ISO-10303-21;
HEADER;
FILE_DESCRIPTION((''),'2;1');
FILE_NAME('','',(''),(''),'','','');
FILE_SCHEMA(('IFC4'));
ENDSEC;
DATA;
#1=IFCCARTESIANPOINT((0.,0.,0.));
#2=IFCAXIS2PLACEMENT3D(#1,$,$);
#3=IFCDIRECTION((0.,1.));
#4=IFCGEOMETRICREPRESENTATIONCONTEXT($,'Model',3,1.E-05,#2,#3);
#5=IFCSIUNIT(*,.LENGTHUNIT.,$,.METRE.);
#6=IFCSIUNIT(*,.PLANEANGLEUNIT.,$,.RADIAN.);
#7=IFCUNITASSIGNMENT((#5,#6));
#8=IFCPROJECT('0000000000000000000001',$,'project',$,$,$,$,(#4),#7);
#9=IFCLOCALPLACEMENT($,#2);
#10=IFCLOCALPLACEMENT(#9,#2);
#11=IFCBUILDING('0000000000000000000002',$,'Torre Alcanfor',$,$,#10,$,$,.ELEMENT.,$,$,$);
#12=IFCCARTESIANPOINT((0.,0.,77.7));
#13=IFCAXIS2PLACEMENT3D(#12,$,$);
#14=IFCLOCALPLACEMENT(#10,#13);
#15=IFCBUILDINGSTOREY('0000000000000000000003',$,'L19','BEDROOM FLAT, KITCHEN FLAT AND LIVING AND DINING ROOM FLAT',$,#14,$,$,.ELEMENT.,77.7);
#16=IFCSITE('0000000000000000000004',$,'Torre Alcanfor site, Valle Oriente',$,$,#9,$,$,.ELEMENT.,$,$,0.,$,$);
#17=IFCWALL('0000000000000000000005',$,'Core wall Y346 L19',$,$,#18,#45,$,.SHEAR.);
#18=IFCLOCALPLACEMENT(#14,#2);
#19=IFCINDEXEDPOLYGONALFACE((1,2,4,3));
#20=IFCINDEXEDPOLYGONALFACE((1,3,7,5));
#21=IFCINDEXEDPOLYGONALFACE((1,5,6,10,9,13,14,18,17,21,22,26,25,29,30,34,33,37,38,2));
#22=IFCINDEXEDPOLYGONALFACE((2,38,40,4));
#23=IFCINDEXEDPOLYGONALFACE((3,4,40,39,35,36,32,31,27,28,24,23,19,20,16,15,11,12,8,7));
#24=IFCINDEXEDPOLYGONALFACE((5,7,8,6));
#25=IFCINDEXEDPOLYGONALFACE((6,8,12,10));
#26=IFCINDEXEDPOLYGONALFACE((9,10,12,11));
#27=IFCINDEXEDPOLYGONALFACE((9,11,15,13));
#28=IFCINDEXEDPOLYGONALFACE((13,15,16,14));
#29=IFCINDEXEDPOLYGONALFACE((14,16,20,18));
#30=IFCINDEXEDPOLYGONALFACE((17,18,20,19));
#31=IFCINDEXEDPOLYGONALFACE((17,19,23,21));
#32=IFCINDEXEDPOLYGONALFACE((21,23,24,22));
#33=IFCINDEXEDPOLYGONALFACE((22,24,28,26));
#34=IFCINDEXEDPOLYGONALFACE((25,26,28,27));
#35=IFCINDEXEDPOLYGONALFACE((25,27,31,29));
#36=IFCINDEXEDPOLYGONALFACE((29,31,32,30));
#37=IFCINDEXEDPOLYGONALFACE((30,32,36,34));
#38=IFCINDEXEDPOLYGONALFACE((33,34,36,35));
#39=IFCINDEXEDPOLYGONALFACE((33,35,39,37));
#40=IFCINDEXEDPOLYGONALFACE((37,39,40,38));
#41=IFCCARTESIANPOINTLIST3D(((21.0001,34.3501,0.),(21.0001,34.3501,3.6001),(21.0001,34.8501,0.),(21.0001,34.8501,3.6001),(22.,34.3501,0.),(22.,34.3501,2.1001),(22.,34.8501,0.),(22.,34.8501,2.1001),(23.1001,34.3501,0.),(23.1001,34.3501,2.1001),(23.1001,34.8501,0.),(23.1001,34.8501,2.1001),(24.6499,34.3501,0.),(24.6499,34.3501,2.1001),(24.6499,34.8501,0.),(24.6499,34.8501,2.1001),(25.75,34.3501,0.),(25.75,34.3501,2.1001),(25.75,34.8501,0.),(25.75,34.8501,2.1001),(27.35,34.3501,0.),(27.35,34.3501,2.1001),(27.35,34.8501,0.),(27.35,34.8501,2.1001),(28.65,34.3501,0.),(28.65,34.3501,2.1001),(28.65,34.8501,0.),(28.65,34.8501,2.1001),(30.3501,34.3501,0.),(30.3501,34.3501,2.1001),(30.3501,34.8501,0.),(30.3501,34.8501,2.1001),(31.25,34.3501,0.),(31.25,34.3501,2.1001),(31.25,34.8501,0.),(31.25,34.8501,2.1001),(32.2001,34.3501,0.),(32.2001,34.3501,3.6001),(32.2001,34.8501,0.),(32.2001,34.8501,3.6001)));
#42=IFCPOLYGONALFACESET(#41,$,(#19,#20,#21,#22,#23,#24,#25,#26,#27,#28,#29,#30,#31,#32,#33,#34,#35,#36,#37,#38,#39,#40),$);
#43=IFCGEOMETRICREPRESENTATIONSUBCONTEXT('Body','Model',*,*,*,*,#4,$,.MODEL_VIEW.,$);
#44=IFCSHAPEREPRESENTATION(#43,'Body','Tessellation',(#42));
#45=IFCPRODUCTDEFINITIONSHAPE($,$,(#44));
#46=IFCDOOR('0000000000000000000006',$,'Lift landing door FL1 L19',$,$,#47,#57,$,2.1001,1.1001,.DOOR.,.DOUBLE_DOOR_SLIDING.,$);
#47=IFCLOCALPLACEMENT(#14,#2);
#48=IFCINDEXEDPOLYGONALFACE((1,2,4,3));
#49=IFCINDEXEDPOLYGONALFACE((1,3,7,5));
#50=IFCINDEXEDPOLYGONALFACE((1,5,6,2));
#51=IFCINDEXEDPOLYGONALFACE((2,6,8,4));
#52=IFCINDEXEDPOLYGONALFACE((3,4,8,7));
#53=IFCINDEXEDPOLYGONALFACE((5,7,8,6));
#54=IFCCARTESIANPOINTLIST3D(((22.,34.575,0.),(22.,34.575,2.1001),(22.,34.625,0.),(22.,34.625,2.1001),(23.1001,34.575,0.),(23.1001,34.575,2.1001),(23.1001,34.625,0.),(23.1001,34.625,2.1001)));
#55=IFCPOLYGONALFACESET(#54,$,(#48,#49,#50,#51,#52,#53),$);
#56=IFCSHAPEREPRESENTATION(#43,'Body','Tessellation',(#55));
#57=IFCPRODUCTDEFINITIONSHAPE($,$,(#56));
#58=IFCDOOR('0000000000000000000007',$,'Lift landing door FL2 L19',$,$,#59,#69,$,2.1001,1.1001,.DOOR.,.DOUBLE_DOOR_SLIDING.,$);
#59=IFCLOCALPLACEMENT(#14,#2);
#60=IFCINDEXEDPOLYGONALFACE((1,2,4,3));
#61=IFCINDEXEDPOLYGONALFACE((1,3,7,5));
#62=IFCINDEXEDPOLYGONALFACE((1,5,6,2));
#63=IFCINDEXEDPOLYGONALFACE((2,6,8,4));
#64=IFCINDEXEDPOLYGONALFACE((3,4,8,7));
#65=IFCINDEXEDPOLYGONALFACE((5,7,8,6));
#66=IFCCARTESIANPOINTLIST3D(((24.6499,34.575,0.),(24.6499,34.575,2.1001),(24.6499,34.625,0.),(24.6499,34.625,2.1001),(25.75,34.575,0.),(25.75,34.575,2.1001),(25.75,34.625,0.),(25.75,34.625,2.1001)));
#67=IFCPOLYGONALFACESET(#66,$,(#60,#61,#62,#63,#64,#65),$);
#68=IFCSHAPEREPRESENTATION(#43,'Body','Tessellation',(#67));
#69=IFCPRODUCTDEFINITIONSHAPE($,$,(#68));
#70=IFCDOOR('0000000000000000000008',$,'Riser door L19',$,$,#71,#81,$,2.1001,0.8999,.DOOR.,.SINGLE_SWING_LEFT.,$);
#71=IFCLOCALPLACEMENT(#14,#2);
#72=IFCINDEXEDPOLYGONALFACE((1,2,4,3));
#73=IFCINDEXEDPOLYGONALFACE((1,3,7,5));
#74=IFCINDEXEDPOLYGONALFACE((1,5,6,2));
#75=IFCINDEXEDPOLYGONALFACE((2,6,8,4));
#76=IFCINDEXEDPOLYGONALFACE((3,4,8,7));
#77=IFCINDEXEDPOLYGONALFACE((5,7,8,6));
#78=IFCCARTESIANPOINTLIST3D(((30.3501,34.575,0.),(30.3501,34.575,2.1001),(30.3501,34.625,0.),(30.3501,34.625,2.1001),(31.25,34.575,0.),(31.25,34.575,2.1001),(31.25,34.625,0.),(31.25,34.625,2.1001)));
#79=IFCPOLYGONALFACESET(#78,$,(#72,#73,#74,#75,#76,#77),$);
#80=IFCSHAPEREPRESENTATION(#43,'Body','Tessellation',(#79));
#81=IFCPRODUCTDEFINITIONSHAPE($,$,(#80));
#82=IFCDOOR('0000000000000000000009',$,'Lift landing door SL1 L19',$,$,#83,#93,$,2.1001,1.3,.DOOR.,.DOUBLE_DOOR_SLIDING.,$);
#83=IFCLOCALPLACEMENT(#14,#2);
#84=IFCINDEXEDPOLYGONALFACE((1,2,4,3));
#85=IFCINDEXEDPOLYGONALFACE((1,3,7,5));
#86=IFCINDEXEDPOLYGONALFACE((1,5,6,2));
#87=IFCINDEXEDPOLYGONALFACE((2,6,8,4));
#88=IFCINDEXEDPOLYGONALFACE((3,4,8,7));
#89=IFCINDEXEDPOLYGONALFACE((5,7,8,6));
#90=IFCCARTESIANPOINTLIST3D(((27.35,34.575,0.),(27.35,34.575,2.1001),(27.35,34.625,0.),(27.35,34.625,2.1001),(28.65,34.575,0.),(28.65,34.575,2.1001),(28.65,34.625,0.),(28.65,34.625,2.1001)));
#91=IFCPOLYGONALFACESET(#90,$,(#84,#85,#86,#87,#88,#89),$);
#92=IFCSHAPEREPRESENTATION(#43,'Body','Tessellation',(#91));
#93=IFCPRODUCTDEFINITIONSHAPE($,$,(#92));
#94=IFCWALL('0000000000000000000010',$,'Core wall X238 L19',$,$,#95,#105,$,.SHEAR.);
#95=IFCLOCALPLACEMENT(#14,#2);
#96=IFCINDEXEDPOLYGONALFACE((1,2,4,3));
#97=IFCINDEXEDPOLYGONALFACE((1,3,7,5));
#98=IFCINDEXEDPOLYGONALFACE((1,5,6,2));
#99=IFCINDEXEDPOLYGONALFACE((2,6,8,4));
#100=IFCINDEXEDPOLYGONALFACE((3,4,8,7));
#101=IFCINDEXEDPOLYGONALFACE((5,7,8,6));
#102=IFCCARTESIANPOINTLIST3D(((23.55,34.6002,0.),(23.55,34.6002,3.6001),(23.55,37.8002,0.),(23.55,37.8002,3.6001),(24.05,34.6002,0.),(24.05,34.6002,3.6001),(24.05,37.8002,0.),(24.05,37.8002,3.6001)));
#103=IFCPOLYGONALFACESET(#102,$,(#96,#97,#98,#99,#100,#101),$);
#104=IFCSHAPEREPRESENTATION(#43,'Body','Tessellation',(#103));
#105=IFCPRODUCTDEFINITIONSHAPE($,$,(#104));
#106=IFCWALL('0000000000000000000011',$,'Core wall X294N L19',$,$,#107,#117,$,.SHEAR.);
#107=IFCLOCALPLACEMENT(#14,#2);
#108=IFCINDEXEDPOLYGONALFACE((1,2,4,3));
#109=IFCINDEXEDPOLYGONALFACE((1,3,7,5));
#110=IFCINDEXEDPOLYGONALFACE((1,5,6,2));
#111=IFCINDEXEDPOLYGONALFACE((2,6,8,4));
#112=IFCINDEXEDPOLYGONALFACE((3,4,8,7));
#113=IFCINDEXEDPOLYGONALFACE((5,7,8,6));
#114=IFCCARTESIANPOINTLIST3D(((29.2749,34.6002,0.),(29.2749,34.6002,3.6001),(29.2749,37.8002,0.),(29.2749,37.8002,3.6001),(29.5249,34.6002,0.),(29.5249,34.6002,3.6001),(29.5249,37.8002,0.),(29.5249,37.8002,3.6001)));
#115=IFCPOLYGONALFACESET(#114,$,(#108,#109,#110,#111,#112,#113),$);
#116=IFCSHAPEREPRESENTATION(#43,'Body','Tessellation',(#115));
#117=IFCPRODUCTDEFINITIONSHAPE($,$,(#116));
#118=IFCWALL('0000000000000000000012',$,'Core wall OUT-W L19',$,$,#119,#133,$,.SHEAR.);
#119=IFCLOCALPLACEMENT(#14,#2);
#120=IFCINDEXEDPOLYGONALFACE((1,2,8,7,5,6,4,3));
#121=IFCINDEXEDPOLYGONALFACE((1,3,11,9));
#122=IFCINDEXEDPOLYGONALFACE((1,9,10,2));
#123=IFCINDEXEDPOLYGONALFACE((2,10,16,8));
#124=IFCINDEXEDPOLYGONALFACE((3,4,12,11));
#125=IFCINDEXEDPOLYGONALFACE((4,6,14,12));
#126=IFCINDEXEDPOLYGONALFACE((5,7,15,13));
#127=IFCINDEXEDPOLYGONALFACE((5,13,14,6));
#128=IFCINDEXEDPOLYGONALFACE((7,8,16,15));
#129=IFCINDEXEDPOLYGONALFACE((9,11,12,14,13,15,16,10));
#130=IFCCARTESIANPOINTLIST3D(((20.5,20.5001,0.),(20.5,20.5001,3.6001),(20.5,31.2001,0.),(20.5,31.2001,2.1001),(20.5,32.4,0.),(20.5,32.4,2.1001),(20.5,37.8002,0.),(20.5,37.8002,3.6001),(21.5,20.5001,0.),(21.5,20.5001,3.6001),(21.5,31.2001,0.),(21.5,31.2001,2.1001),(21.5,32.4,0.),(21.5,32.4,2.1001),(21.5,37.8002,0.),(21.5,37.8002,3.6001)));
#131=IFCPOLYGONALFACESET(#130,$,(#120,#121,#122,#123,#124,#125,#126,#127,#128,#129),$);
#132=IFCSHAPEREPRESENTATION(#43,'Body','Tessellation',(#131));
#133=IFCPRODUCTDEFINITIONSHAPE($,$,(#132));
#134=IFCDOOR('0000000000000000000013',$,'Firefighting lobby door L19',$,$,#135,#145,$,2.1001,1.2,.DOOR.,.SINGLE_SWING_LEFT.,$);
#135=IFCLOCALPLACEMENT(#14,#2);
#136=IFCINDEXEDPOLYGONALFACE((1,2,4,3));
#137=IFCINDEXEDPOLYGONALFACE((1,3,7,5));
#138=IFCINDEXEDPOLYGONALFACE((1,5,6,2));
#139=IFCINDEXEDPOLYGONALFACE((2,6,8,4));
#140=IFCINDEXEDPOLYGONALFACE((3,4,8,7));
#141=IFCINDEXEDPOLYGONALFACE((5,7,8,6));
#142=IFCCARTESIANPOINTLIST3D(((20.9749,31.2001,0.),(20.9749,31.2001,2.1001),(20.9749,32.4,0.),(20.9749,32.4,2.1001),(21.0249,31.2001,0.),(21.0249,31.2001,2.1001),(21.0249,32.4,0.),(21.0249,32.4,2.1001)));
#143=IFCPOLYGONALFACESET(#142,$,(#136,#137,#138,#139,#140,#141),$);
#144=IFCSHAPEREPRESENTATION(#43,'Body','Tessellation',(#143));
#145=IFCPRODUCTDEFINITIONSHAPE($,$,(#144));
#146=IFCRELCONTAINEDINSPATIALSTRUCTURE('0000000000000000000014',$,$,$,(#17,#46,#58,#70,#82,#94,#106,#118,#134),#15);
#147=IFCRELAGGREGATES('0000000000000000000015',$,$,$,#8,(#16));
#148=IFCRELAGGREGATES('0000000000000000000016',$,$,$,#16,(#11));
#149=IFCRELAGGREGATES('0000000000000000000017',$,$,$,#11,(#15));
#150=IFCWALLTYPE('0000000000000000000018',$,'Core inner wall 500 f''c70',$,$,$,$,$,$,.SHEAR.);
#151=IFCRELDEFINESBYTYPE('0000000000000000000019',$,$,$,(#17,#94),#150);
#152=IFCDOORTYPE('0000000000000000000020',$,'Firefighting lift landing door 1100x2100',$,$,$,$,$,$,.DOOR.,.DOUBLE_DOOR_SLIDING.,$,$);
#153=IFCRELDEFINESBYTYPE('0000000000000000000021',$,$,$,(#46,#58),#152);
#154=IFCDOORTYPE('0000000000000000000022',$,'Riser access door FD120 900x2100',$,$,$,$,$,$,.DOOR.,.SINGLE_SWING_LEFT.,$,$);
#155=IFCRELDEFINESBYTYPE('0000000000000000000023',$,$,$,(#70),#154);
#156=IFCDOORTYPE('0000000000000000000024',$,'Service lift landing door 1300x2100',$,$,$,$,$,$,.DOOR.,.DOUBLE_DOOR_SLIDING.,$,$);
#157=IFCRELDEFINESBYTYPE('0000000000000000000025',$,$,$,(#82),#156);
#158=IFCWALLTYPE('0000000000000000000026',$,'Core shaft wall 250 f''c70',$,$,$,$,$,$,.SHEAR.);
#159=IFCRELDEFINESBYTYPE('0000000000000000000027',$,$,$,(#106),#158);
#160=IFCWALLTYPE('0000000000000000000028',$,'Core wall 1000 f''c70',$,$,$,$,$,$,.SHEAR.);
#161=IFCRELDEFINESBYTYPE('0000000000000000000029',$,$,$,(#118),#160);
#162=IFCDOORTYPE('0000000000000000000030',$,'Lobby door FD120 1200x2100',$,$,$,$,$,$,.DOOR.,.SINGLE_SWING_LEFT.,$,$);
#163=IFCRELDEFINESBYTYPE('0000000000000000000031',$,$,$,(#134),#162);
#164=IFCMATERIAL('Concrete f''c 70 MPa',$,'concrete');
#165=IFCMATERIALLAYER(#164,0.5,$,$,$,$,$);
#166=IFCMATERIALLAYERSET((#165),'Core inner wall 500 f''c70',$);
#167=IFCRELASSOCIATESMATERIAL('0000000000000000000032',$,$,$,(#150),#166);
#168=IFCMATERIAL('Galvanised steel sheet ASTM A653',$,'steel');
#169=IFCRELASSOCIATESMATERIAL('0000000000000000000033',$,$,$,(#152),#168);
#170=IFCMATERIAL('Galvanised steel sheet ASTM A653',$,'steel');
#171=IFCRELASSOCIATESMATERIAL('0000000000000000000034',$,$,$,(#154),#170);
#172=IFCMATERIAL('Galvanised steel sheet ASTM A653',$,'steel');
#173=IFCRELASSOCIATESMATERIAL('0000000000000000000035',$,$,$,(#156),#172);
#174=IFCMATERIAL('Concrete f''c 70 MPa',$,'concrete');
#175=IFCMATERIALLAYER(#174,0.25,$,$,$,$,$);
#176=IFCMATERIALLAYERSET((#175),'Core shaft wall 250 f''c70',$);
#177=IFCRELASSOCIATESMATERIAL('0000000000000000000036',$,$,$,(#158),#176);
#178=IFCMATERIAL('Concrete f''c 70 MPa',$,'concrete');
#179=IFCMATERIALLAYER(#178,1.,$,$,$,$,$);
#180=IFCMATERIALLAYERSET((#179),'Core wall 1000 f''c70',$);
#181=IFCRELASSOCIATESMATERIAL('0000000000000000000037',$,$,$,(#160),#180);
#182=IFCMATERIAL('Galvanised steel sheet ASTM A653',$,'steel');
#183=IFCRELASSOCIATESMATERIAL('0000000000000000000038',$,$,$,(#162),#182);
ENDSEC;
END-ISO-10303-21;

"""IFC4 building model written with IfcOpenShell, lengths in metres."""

from ifc_helpers import new_model, si_unit, direction, frame, frame_2d, origin, place, context, subcontext, project, spatial, rectangle, extrude, material, layer, layer_set, type_object, element, fill, save


model = new_model("IFC4")

# Units and contexts
model_context = context("Model", 3, precision=1e-05, world=origin(), true_north=direction((0.0, 1.0)))
body_context = subcontext(model_context, "Body", "Model", "MODEL_VIEW")
ifc_project = project(units=[si_unit("LENGTHUNIT", "METRE"), si_unit("PLANEANGLEUNIT", "RADIAN")], contexts=[model_context])

# Site, building, storey
site_placement = place(None, origin())
site = spatial("IfcSite", under=ifc_project, at=site_placement, Name="Torre Alcanfor site, Valle Oriente", CompositionType="ELEMENT", RefElevation=0.0)
building_placement = place(site_placement, origin())
building = spatial("IfcBuilding", under=site, at=building_placement, Name="Torre Alcanfor", CompositionType="ELEMENT")
storey_placement = place(building_placement, frame((0.0, 0.0, 77.7)))
storey = spatial("IfcBuildingStorey", under=building, at=storey_placement, Name="L19", Description="BEDROOM FLAT, KITCHEN FLAT AND LIVING AND DINING ROOM FLAT", CompositionType="ELEMENT", Elevation=77.7)

# Shared definitions
ifc_material_1 = material(Name="Concrete f'c 70 MPa", Category="concrete")
ifc_layer_1 = layer(ifc_material_1, 0.5)
ifc_layer_set_1 = layer_set([ifc_layer_1], Name="Core inner wall 500 f'c70")
wall_type_1 = type_object("IfcWallType", Name="Core inner wall 500 f'c70", PredefinedType="SHEAR", material=ifc_layer_set_1)

# Wall, openings, doors
wall_1_placement = place(storey_placement, frame((21.0, 34.6001, 0.0), z_axis=(0.0, 0.0, 1.0), x_axis=(1.0, 0.0, 0.0)))
wall_1 = element("IfcWall", 1, at=wall_1_placement, inside=storey, type_object=wall_type_1, Name="Core wall Y346 L19", PredefinedType="SHEAR", context=body_context, shape_type="SweptSolid", body=[
    extrude(rectangle(XDim=11.2, YDim=0.5, at=frame_2d((5.6001, 0.0))), origin(), (0.0, 0.0, 1.0), 3.6001),
])
opening_1_placement = place(wall_1_placement, frame((9.3501, 0.0, 0.0)))
opening_1 = element("IfcOpeningElement", 2, at=opening_1_placement, cuts=wall_1, PredefinedType="OPENING", context=body_context, shape_type="SweptSolid", body=[
    extrude(rectangle(XDim=0.8999, YDim=2.1001, at=frame_2d((0.45, 1.05))), frame((0.0, 0.26, 0.0), z_axis=(0.0, -1.0, 0.0), x_axis=(1.0, 0.0, 0.0)), (0.0, 0.0, 1.0), 0.52),
])
opening_2_placement = place(wall_1_placement, frame((1.0, 0.0, 0.0)))
opening_2 = element("IfcOpeningElement", 3, at=opening_2_placement, cuts=wall_1, PredefinedType="OPENING", context=body_context, shape_type="SweptSolid", body=[
    extrude(rectangle(XDim=1.1001, YDim=2.1001, at=frame_2d((0.55, 1.05))), frame((0.0, 0.26, 0.0), z_axis=(0.0, -1.0, 0.0), x_axis=(1.0, 0.0, 0.0)), (0.0, 0.0, 1.0), 0.52),
])
opening_3_placement = place(wall_1_placement, frame((3.6499, 0.0, 0.0)))
opening_3 = element("IfcOpeningElement", 4, at=opening_3_placement, cuts=wall_1, PredefinedType="OPENING", context=body_context, shape_type="SweptSolid", body=[
    extrude(rectangle(XDim=1.1001, YDim=2.1001, at=frame_2d((0.55, 1.05))), frame((0.0, 0.26, 0.0), z_axis=(0.0, -1.0, 0.0), x_axis=(1.0, 0.0, 0.0)), (0.0, 0.0, 1.0), 0.52),
])
opening_4_placement = place(wall_1_placement, frame((6.3501, 0.0, 0.0)))
opening_4 = element("IfcOpeningElement", 5, at=opening_4_placement, cuts=wall_1, PredefinedType="OPENING", context=body_context, shape_type="SweptSolid", body=[
    extrude(rectangle(XDim=1.3, YDim=2.1001, at=frame_2d((0.6499, 1.05))), frame((0.0, 0.26, 0.0), z_axis=(0.0, -1.0, 0.0), x_axis=(1.0, 0.0, 0.0)), (0.0, 0.0, 1.0), 0.52),
])
ifc_material_2 = material(Name="Galvanised steel sheet ASTM A653", Category="steel")
door_type_1 = type_object("IfcDoorType", Name="Firefighting lift landing door 1100x2100", OperationType="DOUBLE_DOOR_SLIDING", PredefinedType="DOOR", material=ifc_material_2)
door_1_placement = place(opening_2_placement, origin())
door_1 = element("IfcDoor", 6, at=door_1_placement, inside=storey, type_object=door_type_1, Name="Lift landing door FL1 L19", OperationType="DOUBLE_DOOR_SLIDING", OverallHeight=2.1001, OverallWidth=1.1001, PredefinedType="DOOR", context=body_context, shape_type="SweptSolid", body=[
    extrude(rectangle(XDim=1.1001, YDim=2.1001, at=frame_2d((0.55, 1.05))), frame((0.0, 0.0249, 0.0), z_axis=(0.0, -1.0, 0.0), x_axis=(1.0, 0.0, 0.0)), (0.0, 0.0, 1.0), 0.05),
])
fill(opening_2, door_1)
door_2_placement = place(opening_3_placement, origin())
door_2 = element("IfcDoor", 7, at=door_2_placement, inside=storey, type_object=door_type_1, Name="Lift landing door FL2 L19", OperationType="DOUBLE_DOOR_SLIDING", OverallHeight=2.1001, OverallWidth=1.1001, PredefinedType="DOOR", context=body_context, shape_type="SweptSolid", body=[
    extrude(rectangle(XDim=1.1001, YDim=2.1001, at=frame_2d((0.55, 1.05))), frame((0.0, 0.0249, 0.0), z_axis=(0.0, -1.0, 0.0), x_axis=(1.0, 0.0, 0.0)), (0.0, 0.0, 1.0), 0.05),
])
fill(opening_3, door_2)
ifc_material_3 = material(Name="Galvanised steel sheet ASTM A653", Category="steel")
door_type_2 = type_object("IfcDoorType", Name="Riser access door FD120 900x2100", OperationType="SINGLE_SWING_LEFT", PredefinedType="DOOR", material=ifc_material_3)
door_3_placement = place(opening_1_placement, origin())
door_3 = element("IfcDoor", 8, at=door_3_placement, inside=storey, type_object=door_type_2, Name="Riser door L19", OperationType="SINGLE_SWING_LEFT", OverallHeight=2.1001, OverallWidth=0.8999, PredefinedType="DOOR", context=body_context, shape_type="SweptSolid", body=[
    extrude(rectangle(XDim=0.8999, YDim=2.1001, at=frame_2d((0.45, 1.05))), frame((0.0, 0.0249, 0.0), z_axis=(0.0, -1.0, 0.0), x_axis=(1.0, 0.0, 0.0)), (0.0, 0.0, 1.0), 0.05),
])
fill(opening_1, door_3)
ifc_material_4 = material(Name="Galvanised steel sheet ASTM A653", Category="steel")
door_type_3 = type_object("IfcDoorType", Name="Service lift landing door 1300x2100", OperationType="DOUBLE_DOOR_SLIDING", PredefinedType="DOOR", material=ifc_material_4)
door_4_placement = place(opening_4_placement, origin())
door_4 = element("IfcDoor", 9, at=door_4_placement, inside=storey, type_object=door_type_3, Name="Lift landing door SL1 L19", OperationType="DOUBLE_DOOR_SLIDING", OverallHeight=2.1001, OverallWidth=1.3, PredefinedType="DOOR", context=body_context, shape_type="SweptSolid", body=[
    extrude(rectangle(XDim=1.3, YDim=2.1001, at=frame_2d((0.6499, 1.05))), frame((0.0, 0.0249, 0.0), z_axis=(0.0, -1.0, 0.0), x_axis=(1.0, 0.0, 0.0)), (0.0, 0.0, 1.0), 0.05),
])
fill(opening_4, door_4)

# Walls
wall_2_placement = place(storey_placement, frame((23.8, 34.6001, 0.0), z_axis=(0.0, 0.0, 1.0), x_axis=(0.0, 1.0, 0.0)))
element("IfcWall", 10, at=wall_2_placement, inside=storey, type_object=wall_type_1, Name="Core wall X238 L19", PredefinedType="SHEAR", context=body_context, shape_type="SweptSolid", body=[
    extrude(rectangle(XDim=3.2, YDim=0.5, at=frame_2d((1.6001, 0.0))), origin(), (0.0, 0.0, 1.0), 3.6001),
])
ifc_material_5 = material(Name="Concrete f'c 70 MPa", Category="concrete")
ifc_layer_2 = layer(ifc_material_5, 0.25)
ifc_layer_set_2 = layer_set([ifc_layer_2], Name="Core shaft wall 250 f'c70")
wall_type_2 = type_object("IfcWallType", Name="Core shaft wall 250 f'c70", PredefinedType="SHEAR", material=ifc_layer_set_2)
wall_3_placement = place(storey_placement, frame((29.3999, 34.6001, 0.0), z_axis=(0.0, 0.0, 1.0), x_axis=(0.0, 1.0, 0.0)))
element("IfcWall", 11, at=wall_3_placement, inside=storey, type_object=wall_type_2, Name="Core wall X294N L19", PredefinedType="SHEAR", context=body_context, shape_type="SweptSolid", body=[
    extrude(rectangle(XDim=3.2, YDim=0.25, at=frame_2d((1.6001, 0.0))), origin(), (0.0, 0.0, 1.0), 3.6001),
])

# Wall, opening, door
ifc_material_6 = material(Name="Concrete f'c 70 MPa", Category="concrete")
ifc_layer_3 = layer(ifc_material_6, 1.0)
ifc_layer_set_3 = layer_set([ifc_layer_3], Name="Core wall 1000 f'c70")
wall_type_3 = type_object("IfcWallType", Name="Core wall 1000 f'c70", PredefinedType="SHEAR", material=ifc_layer_set_3)
wall_4_placement = place(storey_placement, frame((21.0, 37.8, 0.0), z_axis=(0.0, 0.0, 1.0), x_axis=(0.0, -1.0, 0.0)))
wall_4 = element("IfcWall", 12, at=wall_4_placement, inside=storey, type_object=wall_type_3, Name="Core wall OUT-W L19", PredefinedType="SHEAR", context=body_context, shape_type="SweptSolid", body=[
    extrude(rectangle(XDim=17.3, YDim=1.0, at=frame_2d((8.6499, 0.0))), origin(), (0.0, 0.0, 1.0), 3.6001),
])
opening_5_placement = place(wall_4_placement, frame((5.3999, 0.0, 0.0)))
opening_5 = element("IfcOpeningElement", 13, at=opening_5_placement, cuts=wall_4, PredefinedType="OPENING", context=body_context, shape_type="SweptSolid", body=[
    extrude(rectangle(XDim=1.2, YDim=2.1001, at=frame_2d((0.6001, 1.05))), frame((0.0, 0.51, 0.0), z_axis=(0.0, -1.0, 0.0), x_axis=(1.0, 0.0, 0.0)), (0.0, 0.0, 1.0), 1.02),
])
ifc_material_7 = material(Name="Galvanised steel sheet ASTM A653", Category="steel")
door_type_4 = type_object("IfcDoorType", Name="Lobby door FD120 1200x2100", OperationType="SINGLE_SWING_LEFT", PredefinedType="DOOR", material=ifc_material_7)
door_5_placement = place(opening_5_placement, origin())
door_5 = element("IfcDoor", 14, at=door_5_placement, inside=storey, type_object=door_type_4, Name="Firefighting lobby door L19", OperationType="SINGLE_SWING_LEFT", OverallHeight=2.1001, OverallWidth=1.2, PredefinedType="DOOR", context=body_context, shape_type="SweptSolid", body=[
    extrude(rectangle(XDim=1.2, YDim=2.1001, at=frame_2d((0.6001, 1.05))), frame((0.0, 0.0249, 0.0), z_axis=(0.0, -1.0, 0.0), x_axis=(1.0, 0.0, 0.0)), (0.0, 0.0, 1.0), 0.05),
])
fill(opening_5, door_5)

save(model, "model.ifc")
